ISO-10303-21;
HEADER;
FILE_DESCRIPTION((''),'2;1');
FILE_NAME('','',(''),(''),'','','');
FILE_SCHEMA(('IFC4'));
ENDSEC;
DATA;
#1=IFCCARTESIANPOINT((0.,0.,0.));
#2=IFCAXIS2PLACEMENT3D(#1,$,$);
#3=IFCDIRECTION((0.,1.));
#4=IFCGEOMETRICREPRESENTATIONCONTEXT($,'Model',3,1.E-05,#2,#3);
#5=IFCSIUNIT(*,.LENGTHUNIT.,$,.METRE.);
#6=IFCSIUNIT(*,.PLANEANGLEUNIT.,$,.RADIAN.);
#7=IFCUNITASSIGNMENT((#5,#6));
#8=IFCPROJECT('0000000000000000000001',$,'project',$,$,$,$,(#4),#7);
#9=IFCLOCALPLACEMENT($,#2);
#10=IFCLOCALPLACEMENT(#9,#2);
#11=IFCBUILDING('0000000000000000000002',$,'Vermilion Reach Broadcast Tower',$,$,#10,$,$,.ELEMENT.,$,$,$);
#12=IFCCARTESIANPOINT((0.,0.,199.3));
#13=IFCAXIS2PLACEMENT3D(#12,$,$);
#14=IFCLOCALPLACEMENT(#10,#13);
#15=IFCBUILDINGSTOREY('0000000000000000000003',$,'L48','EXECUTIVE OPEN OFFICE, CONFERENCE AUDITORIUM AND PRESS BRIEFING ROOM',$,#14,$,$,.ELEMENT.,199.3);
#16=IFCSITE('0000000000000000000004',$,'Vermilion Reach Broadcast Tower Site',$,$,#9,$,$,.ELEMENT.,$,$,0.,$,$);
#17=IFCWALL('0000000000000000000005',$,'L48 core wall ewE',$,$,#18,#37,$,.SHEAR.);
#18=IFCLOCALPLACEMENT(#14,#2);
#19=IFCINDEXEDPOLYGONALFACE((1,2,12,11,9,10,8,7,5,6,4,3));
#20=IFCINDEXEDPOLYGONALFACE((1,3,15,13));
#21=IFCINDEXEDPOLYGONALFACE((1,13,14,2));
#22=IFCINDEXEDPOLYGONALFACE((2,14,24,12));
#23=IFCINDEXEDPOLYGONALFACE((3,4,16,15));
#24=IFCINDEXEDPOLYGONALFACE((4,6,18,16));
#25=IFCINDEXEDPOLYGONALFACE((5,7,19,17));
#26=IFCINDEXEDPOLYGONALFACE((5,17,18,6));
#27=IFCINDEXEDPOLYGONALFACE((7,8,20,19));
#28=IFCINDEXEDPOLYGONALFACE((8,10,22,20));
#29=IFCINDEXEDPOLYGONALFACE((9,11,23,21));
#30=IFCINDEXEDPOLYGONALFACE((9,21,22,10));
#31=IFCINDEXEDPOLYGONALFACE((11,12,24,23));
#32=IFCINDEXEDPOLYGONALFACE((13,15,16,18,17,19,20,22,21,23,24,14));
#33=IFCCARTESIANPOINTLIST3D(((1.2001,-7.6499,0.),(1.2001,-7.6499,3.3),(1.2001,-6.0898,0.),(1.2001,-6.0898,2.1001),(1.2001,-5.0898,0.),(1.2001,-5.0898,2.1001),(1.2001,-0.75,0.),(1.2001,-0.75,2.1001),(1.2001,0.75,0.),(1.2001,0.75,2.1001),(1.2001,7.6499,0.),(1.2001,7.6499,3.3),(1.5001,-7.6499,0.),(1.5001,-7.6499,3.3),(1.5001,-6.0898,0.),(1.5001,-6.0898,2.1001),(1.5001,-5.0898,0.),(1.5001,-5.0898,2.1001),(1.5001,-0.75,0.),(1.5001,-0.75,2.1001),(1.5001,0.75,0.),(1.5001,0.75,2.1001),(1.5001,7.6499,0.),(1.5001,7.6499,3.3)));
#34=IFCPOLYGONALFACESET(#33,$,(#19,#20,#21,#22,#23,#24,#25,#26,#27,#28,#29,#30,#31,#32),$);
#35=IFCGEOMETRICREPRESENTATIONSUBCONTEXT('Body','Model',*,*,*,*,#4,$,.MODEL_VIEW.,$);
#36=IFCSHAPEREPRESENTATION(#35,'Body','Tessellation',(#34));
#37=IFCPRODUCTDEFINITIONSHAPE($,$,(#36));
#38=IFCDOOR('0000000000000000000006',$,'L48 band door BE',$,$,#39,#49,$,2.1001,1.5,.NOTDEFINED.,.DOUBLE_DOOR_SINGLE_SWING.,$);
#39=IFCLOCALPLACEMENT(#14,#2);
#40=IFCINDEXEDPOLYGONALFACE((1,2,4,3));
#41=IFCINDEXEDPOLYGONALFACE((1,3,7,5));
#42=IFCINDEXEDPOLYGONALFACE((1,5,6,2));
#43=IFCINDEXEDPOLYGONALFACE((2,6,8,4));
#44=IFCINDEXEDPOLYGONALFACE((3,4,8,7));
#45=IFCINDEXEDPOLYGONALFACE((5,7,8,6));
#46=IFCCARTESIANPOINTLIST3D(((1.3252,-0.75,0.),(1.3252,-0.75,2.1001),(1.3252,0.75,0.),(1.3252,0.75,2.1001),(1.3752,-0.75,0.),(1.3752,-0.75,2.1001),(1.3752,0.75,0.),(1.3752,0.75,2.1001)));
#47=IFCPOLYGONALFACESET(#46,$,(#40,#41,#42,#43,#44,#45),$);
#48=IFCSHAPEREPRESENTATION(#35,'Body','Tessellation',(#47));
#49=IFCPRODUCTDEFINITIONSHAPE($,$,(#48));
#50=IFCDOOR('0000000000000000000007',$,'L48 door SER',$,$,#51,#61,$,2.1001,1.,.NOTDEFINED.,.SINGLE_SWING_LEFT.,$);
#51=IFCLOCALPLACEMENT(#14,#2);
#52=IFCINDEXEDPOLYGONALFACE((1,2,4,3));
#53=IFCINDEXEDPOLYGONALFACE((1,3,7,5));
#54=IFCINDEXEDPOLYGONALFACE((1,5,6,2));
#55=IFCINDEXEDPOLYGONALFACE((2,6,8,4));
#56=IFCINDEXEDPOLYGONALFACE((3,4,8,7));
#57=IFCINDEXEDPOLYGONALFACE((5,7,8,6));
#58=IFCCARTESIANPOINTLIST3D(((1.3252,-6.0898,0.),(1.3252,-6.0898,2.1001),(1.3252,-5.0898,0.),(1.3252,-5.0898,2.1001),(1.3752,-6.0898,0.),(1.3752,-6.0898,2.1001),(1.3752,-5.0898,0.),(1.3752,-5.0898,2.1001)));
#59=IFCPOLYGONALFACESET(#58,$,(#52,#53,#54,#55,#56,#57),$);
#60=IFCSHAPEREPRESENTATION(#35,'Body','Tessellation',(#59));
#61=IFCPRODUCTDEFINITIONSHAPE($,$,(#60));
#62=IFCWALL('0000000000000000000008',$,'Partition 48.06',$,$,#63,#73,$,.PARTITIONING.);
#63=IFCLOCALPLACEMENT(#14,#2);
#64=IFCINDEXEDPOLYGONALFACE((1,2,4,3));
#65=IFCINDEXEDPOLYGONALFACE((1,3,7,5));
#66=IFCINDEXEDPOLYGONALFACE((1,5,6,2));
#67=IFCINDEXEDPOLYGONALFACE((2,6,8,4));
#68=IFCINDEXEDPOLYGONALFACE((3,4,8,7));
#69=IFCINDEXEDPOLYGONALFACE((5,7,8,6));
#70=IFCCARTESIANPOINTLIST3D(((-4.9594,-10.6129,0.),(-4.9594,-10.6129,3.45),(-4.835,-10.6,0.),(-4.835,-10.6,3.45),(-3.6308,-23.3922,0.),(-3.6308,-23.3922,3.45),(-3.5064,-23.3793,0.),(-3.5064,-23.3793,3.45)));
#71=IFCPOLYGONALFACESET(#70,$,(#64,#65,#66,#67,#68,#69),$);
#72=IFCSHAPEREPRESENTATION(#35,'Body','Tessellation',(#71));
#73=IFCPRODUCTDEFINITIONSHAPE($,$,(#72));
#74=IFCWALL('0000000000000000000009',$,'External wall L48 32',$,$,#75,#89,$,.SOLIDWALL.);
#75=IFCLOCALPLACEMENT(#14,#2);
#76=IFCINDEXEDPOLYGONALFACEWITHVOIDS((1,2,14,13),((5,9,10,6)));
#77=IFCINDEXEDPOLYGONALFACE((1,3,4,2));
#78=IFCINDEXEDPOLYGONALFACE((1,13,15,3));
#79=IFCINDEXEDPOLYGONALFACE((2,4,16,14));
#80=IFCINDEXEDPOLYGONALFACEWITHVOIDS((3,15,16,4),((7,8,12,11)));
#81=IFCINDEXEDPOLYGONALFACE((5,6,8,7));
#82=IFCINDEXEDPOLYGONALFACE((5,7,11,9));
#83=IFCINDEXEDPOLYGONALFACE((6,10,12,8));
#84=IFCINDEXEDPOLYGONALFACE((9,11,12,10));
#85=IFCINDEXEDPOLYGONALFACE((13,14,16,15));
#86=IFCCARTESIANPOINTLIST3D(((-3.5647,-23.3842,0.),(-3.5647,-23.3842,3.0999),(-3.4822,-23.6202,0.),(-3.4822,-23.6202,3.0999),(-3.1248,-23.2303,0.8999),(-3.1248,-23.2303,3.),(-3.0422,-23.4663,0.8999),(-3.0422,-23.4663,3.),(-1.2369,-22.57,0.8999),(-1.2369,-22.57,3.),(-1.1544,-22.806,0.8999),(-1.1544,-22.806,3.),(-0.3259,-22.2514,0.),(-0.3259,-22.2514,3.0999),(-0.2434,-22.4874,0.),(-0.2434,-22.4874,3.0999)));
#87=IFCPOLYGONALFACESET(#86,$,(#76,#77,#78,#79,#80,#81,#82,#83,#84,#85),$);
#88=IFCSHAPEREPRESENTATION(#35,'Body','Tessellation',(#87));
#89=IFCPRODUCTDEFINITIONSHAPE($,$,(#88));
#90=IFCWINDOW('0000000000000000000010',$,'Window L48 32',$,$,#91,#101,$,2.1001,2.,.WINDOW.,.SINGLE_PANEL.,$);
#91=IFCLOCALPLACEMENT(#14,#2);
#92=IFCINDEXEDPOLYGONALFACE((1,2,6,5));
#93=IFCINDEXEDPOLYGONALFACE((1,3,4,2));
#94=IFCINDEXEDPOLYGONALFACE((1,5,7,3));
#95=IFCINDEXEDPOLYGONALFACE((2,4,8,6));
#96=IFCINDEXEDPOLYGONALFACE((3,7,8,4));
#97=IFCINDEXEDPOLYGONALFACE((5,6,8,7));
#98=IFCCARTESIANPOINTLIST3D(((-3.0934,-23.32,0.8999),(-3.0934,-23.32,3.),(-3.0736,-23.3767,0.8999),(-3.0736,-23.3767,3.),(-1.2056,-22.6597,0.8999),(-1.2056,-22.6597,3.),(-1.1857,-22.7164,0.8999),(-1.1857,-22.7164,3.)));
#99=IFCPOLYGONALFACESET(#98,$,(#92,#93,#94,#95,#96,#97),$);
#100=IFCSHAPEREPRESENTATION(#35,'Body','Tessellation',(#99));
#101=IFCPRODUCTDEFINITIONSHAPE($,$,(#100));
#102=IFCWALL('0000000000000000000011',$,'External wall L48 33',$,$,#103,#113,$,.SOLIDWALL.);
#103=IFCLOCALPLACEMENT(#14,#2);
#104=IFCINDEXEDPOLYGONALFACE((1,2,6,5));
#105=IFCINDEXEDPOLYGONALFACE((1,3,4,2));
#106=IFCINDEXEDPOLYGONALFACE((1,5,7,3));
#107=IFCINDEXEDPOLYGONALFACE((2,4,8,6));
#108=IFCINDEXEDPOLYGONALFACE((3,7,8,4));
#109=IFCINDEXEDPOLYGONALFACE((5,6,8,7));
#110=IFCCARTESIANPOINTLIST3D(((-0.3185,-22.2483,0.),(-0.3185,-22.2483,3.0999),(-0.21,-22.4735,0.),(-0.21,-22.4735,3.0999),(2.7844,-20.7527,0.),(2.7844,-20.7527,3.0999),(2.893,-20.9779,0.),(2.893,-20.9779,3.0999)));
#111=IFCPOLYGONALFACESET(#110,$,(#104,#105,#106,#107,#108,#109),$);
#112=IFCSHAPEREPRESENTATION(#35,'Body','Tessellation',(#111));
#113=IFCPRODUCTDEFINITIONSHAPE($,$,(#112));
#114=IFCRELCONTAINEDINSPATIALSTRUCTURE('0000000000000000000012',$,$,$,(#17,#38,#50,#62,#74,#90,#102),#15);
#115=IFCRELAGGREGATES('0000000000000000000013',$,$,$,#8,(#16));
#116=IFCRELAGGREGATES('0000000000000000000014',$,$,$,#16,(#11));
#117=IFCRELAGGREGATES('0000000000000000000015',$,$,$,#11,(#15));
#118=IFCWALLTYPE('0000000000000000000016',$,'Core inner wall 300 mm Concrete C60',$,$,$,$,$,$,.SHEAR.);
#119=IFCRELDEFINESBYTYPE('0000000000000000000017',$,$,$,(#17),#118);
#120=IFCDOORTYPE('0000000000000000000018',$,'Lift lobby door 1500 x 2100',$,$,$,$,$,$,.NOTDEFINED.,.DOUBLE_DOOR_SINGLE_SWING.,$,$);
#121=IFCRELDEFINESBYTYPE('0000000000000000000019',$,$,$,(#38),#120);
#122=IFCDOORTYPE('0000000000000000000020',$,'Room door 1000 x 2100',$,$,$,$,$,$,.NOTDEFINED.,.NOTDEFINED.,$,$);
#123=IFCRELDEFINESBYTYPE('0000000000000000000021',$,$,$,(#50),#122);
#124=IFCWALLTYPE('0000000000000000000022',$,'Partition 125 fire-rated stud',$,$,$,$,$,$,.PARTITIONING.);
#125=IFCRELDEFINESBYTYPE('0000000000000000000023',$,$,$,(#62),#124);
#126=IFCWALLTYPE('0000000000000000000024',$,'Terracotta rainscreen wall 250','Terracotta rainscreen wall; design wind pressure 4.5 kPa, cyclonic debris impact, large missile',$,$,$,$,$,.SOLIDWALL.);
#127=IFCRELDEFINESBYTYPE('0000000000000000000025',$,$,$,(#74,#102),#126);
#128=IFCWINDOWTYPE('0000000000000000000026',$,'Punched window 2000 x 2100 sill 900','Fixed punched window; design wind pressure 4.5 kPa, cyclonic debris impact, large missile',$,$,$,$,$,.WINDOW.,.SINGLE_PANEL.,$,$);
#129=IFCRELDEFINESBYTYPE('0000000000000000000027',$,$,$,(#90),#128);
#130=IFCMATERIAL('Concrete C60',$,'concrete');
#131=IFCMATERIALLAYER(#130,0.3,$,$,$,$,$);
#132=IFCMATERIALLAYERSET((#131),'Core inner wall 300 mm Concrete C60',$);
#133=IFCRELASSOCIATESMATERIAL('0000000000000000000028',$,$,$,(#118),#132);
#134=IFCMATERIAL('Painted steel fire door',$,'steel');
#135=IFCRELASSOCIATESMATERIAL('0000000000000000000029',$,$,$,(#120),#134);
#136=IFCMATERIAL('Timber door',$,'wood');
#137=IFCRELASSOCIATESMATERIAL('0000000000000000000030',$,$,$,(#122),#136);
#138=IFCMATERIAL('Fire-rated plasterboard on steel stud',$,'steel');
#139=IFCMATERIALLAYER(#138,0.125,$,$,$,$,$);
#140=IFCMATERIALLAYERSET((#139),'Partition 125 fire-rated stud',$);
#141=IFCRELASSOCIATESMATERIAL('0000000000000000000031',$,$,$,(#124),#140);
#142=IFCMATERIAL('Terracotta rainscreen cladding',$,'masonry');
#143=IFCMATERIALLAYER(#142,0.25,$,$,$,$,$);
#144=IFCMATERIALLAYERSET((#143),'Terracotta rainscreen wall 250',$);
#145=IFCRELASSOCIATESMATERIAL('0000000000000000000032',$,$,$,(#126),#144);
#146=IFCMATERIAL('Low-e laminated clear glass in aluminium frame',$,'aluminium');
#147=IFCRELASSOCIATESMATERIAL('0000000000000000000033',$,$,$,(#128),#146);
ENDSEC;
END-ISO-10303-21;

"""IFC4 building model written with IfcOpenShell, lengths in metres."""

from ifc_helpers import new_model, si_unit, direction, frame, frame_2d, origin, place, context, subcontext, project, spatial, rectangle, extrude, material, layer, layer_set, type_object, element, fill, save


model = new_model("IFC4")

# Units and contexts
model_context = context("Model", 3, precision=1e-05, world=origin(), true_north=direction((0.0, 1.0)))
body_context = subcontext(model_context, "Body", "Model", "MODEL_VIEW")
ifc_project = project(units=[si_unit("LENGTHUNIT", "METRE"), si_unit("PLANEANGLEUNIT", "RADIAN")], contexts=[model_context])

# Site, building, storey
site_placement = place(None, origin())
site = spatial("IfcSite", under=ifc_project, at=site_placement, Name="Vermilion Reach Broadcast Tower Site", CompositionType="ELEMENT", RefElevation=0.0)
building_placement = place(site_placement, origin())
building = spatial("IfcBuilding", under=site, at=building_placement, Name="Vermilion Reach Broadcast Tower", CompositionType="ELEMENT")
storey_placement = place(building_placement, frame((0.0, 0.0, 199.3)))
storey = spatial("IfcBuildingStorey", under=building, at=storey_placement, Name="L48", Description="EXECUTIVE OPEN OFFICE, CONFERENCE AUDITORIUM AND PRESS BRIEFING ROOM", CompositionType="ELEMENT", Elevation=199.3)

# Wall, openings, doors
ifc_material_1 = material(Name="Concrete C60", Category="concrete")
ifc_layer_1 = layer(ifc_material_1, 0.3)
ifc_layer_set_1 = layer_set([ifc_layer_1], Name="Core inner wall 300 mm Concrete C60")
wall_type_1 = type_object("IfcWallType", Name="Core inner wall 300 mm Concrete C60", PredefinedType="SHEAR", material=ifc_layer_set_1)
wall_1_placement = place(storey_placement, frame((1.3501, -7.6499, 0.0), z_axis=(0.0, 0.0, 1.0), x_axis=(0.0, 1.0, 0.0)))
wall_1 = element("IfcWall", 1, at=wall_1_placement, inside=storey, type_object=wall_type_1, Name="L48 core wall ewE", PredefinedType="SHEAR", context=body_context, shape_type="SweptSolid", body=[
    extrude(rectangle(XDim=15.2998, YDim=0.3, at=frame_2d((7.6499, 0.0))), origin(), (0.0, 0.0, 1.0), 3.3),
])
opening_1_placement = place(wall_1_placement, frame((1.5601, 0.0, 0.0)))
opening_1 = element("IfcOpeningElement", 2, at=opening_1_placement, cuts=wall_1, PredefinedType="OPENING", context=body_context, shape_type="SweptSolid", body=[
    extrude(rectangle(XDim=1.0, YDim=2.1001, at=frame_2d((0.5, 1.05))), frame((0.0, 0.1599, 0.0), z_axis=(0.0, -1.0, 0.0), x_axis=(1.0, 0.0, 0.0)), (0.0, 0.0, 1.0), 0.3201),
])
opening_2_placement = place(wall_1_placement, frame((6.8999, 0.0, 0.0)))
opening_2 = element("IfcOpeningElement", 3, at=opening_2_placement, cuts=wall_1, PredefinedType="OPENING", context=body_context, shape_type="SweptSolid", body=[
    extrude(rectangle(XDim=1.5, YDim=2.1001, at=frame_2d((0.75, 1.05))), frame((0.0, 0.1599, 0.0), z_axis=(0.0, -1.0, 0.0), x_axis=(1.0, 0.0, 0.0)), (0.0, 0.0, 1.0), 0.3201),
])
ifc_material_2 = material(Name="Painted steel fire door", Category="steel")
door_type_1 = type_object("IfcDoorType", Name="Lift lobby door 1500 x 2100", OperationType="DOUBLE_DOOR_SINGLE_SWING", PredefinedType="NOTDEFINED", material=ifc_material_2)
door_1_placement = place(opening_2_placement, origin())
door_1 = element("IfcDoor", 4, at=door_1_placement, inside=storey, type_object=door_type_1, Name="L48 band door BE", OperationType="DOUBLE_DOOR_SINGLE_SWING", OverallHeight=2.1001, OverallWidth=1.5, PredefinedType="NOTDEFINED", context=body_context, shape_type="SweptSolid", body=[
    extrude(rectangle(XDim=1.5, YDim=2.1001, at=frame_2d((0.75, 1.05))), frame((0.0, 0.0249, 0.0), z_axis=(0.0, -1.0, 0.0), x_axis=(1.0, 0.0, 0.0)), (0.0, 0.0, 1.0), 0.05),
])
fill(opening_2, door_1)
ifc_material_3 = material(Name="Timber door", Category="wood")
door_type_2 = type_object("IfcDoorType", Name="Room door 1000 x 2100", OperationType="NOTDEFINED", PredefinedType="NOTDEFINED", material=ifc_material_3)
door_2_placement = place(opening_1_placement, origin())
door_2 = element("IfcDoor", 5, at=door_2_placement, inside=storey, type_object=door_type_2, Name="L48 door SER", OperationType="SINGLE_SWING_LEFT", OverallHeight=2.1001, OverallWidth=1.0, PredefinedType="NOTDEFINED", context=body_context, shape_type="SweptSolid", body=[
    extrude(rectangle(XDim=1.0, YDim=2.1001, at=frame_2d((0.5, 1.05))), frame((0.0, 0.0249, 0.0), z_axis=(0.0, -1.0, 0.0), x_axis=(1.0, 0.0, 0.0)), (0.0, 0.0, 1.0), 0.05),
])
fill(opening_1, door_2)

# Wall
ifc_material_4 = material(Name="Fire-rated plasterboard on steel stud", Category="steel")
ifc_layer_2 = layer(ifc_material_4, 0.125)
ifc_layer_set_2 = layer_set([ifc_layer_2], Name="Partition 125 fire-rated stud")
wall_type_2 = type_object("IfcWallType", Name="Partition 125 fire-rated stud", PredefinedType="PARTITIONING", material=ifc_layer_set_2)
wall_2_placement = place(storey_placement, frame((-3.5686, -23.3857, 0.0), z_axis=(0.0, 0.0, 1.0), x_axis=(-0.103409, 0.994639, 0.0)))
element("IfcWall", 6, at=wall_2_placement, inside=storey, type_object=wall_type_2, Name="Partition 48.06", PredefinedType="PARTITIONING", context=body_context, shape_type="SweptSolid", body=[
    extrude(rectangle(XDim=12.8481, YDim=0.125, at=frame_2d((6.4241, 0.0))), origin(), (0.0, 0.0, 1.0), 3.45),
])

# Wall, opening, window
ifc_material_5 = material(Name="Terracotta rainscreen cladding", Category="masonry")
ifc_layer_3 = layer(ifc_material_5, 0.25)
ifc_layer_set_3 = layer_set([ifc_layer_3], Name="Terracotta rainscreen wall 250")
wall_type_3 = type_object("IfcWallType", Name="Terracotta rainscreen wall 250", Description="Terracotta rainscreen wall; design wind pressure 4.5 kPa, cyclonic debris impact, large missile", PredefinedType="SOLIDWALL", material=ifc_layer_set_3)
wall_3_placement = place(storey_placement, frame((-3.5234, -23.5022, 0.0), z_axis=(0.0, 0.0, 1.0), x_axis=(0.943927, 0.330154, 0.0)))
wall_3 = element("IfcWall", 7, at=wall_3_placement, inside=storey, type_object=wall_type_3, Name="External wall L48 32", PredefinedType="SOLIDWALL", context=body_context, shape_type="SweptSolid", body=[
    extrude(rectangle(XDim=3.4312, YDim=0.25, at=frame_2d((1.7156, 0.0))), origin(), (0.0, 0.0, 1.0), 3.0999),
])
opening_3_placement = place(wall_3_placement, frame((0.4661, 0.0, 0.8999)))
opening_3 = element("IfcOpeningElement", 8, at=opening_3_placement, cuts=wall_3, PredefinedType="OPENING", context=body_context, shape_type="SweptSolid", body=[
    extrude(rectangle(XDim=2.0, YDim=2.1001, at=frame_2d((1.0, 1.05))), frame((0.0, 0.135, 0.0), z_axis=(0.0, -1.0, 0.0), x_axis=(1.0, 0.0, 0.0)), (0.0, 0.0, 1.0), 0.27),
])
ifc_material_6 = material(Name="Low-e laminated clear glass in aluminium frame", Category="aluminium")
window_type = type_object("IfcWindowType", Name="Punched window 2000 x 2100 sill 900", Description="Fixed punched window; design wind pressure 4.5 kPa, cyclonic debris impact, large missile", PartitioningType="SINGLE_PANEL", PredefinedType="WINDOW", material=ifc_material_6)
window_placement = place(opening_3_placement, origin())
window = element("IfcWindow", 9, at=window_placement, inside=storey, type_object=window_type, Name="Window L48 32", OverallHeight=2.1001, OverallWidth=2.0, PartitioningType="SINGLE_PANEL", PredefinedType="WINDOW", context=body_context, shape_type="SweptSolid", body=[
    extrude(rectangle(XDim=2.0, YDim=2.1001, at=frame_2d((1.0, 1.05))), frame((0.0, 0.03, 0.0), z_axis=(0.0, -1.0, 0.0), x_axis=(1.0, 0.0, 0.0)), (0.0, 0.0, 1.0), 0.0601),
])
fill(opening_3, window)

# Wall
wall_4_placement = place(storey_placement, frame((-0.2642, -22.3608, 0.0), z_axis=(0.0, 0.0, 1.0), x_axis=(0.900825, 0.434182, 0.0)))
element("IfcWall", 10, at=wall_4_placement, inside=storey, type_object=wall_type_3, Name="External wall L48 33", PredefinedType="SOLIDWALL", context=body_context, shape_type="SweptSolid", body=[
    extrude(rectangle(XDim=3.4446, YDim=0.25, at=frame_2d((1.7222, 0.0))), origin(), (0.0, 0.0, 1.0), 3.0999),
])

save(model, "model.ifc")
